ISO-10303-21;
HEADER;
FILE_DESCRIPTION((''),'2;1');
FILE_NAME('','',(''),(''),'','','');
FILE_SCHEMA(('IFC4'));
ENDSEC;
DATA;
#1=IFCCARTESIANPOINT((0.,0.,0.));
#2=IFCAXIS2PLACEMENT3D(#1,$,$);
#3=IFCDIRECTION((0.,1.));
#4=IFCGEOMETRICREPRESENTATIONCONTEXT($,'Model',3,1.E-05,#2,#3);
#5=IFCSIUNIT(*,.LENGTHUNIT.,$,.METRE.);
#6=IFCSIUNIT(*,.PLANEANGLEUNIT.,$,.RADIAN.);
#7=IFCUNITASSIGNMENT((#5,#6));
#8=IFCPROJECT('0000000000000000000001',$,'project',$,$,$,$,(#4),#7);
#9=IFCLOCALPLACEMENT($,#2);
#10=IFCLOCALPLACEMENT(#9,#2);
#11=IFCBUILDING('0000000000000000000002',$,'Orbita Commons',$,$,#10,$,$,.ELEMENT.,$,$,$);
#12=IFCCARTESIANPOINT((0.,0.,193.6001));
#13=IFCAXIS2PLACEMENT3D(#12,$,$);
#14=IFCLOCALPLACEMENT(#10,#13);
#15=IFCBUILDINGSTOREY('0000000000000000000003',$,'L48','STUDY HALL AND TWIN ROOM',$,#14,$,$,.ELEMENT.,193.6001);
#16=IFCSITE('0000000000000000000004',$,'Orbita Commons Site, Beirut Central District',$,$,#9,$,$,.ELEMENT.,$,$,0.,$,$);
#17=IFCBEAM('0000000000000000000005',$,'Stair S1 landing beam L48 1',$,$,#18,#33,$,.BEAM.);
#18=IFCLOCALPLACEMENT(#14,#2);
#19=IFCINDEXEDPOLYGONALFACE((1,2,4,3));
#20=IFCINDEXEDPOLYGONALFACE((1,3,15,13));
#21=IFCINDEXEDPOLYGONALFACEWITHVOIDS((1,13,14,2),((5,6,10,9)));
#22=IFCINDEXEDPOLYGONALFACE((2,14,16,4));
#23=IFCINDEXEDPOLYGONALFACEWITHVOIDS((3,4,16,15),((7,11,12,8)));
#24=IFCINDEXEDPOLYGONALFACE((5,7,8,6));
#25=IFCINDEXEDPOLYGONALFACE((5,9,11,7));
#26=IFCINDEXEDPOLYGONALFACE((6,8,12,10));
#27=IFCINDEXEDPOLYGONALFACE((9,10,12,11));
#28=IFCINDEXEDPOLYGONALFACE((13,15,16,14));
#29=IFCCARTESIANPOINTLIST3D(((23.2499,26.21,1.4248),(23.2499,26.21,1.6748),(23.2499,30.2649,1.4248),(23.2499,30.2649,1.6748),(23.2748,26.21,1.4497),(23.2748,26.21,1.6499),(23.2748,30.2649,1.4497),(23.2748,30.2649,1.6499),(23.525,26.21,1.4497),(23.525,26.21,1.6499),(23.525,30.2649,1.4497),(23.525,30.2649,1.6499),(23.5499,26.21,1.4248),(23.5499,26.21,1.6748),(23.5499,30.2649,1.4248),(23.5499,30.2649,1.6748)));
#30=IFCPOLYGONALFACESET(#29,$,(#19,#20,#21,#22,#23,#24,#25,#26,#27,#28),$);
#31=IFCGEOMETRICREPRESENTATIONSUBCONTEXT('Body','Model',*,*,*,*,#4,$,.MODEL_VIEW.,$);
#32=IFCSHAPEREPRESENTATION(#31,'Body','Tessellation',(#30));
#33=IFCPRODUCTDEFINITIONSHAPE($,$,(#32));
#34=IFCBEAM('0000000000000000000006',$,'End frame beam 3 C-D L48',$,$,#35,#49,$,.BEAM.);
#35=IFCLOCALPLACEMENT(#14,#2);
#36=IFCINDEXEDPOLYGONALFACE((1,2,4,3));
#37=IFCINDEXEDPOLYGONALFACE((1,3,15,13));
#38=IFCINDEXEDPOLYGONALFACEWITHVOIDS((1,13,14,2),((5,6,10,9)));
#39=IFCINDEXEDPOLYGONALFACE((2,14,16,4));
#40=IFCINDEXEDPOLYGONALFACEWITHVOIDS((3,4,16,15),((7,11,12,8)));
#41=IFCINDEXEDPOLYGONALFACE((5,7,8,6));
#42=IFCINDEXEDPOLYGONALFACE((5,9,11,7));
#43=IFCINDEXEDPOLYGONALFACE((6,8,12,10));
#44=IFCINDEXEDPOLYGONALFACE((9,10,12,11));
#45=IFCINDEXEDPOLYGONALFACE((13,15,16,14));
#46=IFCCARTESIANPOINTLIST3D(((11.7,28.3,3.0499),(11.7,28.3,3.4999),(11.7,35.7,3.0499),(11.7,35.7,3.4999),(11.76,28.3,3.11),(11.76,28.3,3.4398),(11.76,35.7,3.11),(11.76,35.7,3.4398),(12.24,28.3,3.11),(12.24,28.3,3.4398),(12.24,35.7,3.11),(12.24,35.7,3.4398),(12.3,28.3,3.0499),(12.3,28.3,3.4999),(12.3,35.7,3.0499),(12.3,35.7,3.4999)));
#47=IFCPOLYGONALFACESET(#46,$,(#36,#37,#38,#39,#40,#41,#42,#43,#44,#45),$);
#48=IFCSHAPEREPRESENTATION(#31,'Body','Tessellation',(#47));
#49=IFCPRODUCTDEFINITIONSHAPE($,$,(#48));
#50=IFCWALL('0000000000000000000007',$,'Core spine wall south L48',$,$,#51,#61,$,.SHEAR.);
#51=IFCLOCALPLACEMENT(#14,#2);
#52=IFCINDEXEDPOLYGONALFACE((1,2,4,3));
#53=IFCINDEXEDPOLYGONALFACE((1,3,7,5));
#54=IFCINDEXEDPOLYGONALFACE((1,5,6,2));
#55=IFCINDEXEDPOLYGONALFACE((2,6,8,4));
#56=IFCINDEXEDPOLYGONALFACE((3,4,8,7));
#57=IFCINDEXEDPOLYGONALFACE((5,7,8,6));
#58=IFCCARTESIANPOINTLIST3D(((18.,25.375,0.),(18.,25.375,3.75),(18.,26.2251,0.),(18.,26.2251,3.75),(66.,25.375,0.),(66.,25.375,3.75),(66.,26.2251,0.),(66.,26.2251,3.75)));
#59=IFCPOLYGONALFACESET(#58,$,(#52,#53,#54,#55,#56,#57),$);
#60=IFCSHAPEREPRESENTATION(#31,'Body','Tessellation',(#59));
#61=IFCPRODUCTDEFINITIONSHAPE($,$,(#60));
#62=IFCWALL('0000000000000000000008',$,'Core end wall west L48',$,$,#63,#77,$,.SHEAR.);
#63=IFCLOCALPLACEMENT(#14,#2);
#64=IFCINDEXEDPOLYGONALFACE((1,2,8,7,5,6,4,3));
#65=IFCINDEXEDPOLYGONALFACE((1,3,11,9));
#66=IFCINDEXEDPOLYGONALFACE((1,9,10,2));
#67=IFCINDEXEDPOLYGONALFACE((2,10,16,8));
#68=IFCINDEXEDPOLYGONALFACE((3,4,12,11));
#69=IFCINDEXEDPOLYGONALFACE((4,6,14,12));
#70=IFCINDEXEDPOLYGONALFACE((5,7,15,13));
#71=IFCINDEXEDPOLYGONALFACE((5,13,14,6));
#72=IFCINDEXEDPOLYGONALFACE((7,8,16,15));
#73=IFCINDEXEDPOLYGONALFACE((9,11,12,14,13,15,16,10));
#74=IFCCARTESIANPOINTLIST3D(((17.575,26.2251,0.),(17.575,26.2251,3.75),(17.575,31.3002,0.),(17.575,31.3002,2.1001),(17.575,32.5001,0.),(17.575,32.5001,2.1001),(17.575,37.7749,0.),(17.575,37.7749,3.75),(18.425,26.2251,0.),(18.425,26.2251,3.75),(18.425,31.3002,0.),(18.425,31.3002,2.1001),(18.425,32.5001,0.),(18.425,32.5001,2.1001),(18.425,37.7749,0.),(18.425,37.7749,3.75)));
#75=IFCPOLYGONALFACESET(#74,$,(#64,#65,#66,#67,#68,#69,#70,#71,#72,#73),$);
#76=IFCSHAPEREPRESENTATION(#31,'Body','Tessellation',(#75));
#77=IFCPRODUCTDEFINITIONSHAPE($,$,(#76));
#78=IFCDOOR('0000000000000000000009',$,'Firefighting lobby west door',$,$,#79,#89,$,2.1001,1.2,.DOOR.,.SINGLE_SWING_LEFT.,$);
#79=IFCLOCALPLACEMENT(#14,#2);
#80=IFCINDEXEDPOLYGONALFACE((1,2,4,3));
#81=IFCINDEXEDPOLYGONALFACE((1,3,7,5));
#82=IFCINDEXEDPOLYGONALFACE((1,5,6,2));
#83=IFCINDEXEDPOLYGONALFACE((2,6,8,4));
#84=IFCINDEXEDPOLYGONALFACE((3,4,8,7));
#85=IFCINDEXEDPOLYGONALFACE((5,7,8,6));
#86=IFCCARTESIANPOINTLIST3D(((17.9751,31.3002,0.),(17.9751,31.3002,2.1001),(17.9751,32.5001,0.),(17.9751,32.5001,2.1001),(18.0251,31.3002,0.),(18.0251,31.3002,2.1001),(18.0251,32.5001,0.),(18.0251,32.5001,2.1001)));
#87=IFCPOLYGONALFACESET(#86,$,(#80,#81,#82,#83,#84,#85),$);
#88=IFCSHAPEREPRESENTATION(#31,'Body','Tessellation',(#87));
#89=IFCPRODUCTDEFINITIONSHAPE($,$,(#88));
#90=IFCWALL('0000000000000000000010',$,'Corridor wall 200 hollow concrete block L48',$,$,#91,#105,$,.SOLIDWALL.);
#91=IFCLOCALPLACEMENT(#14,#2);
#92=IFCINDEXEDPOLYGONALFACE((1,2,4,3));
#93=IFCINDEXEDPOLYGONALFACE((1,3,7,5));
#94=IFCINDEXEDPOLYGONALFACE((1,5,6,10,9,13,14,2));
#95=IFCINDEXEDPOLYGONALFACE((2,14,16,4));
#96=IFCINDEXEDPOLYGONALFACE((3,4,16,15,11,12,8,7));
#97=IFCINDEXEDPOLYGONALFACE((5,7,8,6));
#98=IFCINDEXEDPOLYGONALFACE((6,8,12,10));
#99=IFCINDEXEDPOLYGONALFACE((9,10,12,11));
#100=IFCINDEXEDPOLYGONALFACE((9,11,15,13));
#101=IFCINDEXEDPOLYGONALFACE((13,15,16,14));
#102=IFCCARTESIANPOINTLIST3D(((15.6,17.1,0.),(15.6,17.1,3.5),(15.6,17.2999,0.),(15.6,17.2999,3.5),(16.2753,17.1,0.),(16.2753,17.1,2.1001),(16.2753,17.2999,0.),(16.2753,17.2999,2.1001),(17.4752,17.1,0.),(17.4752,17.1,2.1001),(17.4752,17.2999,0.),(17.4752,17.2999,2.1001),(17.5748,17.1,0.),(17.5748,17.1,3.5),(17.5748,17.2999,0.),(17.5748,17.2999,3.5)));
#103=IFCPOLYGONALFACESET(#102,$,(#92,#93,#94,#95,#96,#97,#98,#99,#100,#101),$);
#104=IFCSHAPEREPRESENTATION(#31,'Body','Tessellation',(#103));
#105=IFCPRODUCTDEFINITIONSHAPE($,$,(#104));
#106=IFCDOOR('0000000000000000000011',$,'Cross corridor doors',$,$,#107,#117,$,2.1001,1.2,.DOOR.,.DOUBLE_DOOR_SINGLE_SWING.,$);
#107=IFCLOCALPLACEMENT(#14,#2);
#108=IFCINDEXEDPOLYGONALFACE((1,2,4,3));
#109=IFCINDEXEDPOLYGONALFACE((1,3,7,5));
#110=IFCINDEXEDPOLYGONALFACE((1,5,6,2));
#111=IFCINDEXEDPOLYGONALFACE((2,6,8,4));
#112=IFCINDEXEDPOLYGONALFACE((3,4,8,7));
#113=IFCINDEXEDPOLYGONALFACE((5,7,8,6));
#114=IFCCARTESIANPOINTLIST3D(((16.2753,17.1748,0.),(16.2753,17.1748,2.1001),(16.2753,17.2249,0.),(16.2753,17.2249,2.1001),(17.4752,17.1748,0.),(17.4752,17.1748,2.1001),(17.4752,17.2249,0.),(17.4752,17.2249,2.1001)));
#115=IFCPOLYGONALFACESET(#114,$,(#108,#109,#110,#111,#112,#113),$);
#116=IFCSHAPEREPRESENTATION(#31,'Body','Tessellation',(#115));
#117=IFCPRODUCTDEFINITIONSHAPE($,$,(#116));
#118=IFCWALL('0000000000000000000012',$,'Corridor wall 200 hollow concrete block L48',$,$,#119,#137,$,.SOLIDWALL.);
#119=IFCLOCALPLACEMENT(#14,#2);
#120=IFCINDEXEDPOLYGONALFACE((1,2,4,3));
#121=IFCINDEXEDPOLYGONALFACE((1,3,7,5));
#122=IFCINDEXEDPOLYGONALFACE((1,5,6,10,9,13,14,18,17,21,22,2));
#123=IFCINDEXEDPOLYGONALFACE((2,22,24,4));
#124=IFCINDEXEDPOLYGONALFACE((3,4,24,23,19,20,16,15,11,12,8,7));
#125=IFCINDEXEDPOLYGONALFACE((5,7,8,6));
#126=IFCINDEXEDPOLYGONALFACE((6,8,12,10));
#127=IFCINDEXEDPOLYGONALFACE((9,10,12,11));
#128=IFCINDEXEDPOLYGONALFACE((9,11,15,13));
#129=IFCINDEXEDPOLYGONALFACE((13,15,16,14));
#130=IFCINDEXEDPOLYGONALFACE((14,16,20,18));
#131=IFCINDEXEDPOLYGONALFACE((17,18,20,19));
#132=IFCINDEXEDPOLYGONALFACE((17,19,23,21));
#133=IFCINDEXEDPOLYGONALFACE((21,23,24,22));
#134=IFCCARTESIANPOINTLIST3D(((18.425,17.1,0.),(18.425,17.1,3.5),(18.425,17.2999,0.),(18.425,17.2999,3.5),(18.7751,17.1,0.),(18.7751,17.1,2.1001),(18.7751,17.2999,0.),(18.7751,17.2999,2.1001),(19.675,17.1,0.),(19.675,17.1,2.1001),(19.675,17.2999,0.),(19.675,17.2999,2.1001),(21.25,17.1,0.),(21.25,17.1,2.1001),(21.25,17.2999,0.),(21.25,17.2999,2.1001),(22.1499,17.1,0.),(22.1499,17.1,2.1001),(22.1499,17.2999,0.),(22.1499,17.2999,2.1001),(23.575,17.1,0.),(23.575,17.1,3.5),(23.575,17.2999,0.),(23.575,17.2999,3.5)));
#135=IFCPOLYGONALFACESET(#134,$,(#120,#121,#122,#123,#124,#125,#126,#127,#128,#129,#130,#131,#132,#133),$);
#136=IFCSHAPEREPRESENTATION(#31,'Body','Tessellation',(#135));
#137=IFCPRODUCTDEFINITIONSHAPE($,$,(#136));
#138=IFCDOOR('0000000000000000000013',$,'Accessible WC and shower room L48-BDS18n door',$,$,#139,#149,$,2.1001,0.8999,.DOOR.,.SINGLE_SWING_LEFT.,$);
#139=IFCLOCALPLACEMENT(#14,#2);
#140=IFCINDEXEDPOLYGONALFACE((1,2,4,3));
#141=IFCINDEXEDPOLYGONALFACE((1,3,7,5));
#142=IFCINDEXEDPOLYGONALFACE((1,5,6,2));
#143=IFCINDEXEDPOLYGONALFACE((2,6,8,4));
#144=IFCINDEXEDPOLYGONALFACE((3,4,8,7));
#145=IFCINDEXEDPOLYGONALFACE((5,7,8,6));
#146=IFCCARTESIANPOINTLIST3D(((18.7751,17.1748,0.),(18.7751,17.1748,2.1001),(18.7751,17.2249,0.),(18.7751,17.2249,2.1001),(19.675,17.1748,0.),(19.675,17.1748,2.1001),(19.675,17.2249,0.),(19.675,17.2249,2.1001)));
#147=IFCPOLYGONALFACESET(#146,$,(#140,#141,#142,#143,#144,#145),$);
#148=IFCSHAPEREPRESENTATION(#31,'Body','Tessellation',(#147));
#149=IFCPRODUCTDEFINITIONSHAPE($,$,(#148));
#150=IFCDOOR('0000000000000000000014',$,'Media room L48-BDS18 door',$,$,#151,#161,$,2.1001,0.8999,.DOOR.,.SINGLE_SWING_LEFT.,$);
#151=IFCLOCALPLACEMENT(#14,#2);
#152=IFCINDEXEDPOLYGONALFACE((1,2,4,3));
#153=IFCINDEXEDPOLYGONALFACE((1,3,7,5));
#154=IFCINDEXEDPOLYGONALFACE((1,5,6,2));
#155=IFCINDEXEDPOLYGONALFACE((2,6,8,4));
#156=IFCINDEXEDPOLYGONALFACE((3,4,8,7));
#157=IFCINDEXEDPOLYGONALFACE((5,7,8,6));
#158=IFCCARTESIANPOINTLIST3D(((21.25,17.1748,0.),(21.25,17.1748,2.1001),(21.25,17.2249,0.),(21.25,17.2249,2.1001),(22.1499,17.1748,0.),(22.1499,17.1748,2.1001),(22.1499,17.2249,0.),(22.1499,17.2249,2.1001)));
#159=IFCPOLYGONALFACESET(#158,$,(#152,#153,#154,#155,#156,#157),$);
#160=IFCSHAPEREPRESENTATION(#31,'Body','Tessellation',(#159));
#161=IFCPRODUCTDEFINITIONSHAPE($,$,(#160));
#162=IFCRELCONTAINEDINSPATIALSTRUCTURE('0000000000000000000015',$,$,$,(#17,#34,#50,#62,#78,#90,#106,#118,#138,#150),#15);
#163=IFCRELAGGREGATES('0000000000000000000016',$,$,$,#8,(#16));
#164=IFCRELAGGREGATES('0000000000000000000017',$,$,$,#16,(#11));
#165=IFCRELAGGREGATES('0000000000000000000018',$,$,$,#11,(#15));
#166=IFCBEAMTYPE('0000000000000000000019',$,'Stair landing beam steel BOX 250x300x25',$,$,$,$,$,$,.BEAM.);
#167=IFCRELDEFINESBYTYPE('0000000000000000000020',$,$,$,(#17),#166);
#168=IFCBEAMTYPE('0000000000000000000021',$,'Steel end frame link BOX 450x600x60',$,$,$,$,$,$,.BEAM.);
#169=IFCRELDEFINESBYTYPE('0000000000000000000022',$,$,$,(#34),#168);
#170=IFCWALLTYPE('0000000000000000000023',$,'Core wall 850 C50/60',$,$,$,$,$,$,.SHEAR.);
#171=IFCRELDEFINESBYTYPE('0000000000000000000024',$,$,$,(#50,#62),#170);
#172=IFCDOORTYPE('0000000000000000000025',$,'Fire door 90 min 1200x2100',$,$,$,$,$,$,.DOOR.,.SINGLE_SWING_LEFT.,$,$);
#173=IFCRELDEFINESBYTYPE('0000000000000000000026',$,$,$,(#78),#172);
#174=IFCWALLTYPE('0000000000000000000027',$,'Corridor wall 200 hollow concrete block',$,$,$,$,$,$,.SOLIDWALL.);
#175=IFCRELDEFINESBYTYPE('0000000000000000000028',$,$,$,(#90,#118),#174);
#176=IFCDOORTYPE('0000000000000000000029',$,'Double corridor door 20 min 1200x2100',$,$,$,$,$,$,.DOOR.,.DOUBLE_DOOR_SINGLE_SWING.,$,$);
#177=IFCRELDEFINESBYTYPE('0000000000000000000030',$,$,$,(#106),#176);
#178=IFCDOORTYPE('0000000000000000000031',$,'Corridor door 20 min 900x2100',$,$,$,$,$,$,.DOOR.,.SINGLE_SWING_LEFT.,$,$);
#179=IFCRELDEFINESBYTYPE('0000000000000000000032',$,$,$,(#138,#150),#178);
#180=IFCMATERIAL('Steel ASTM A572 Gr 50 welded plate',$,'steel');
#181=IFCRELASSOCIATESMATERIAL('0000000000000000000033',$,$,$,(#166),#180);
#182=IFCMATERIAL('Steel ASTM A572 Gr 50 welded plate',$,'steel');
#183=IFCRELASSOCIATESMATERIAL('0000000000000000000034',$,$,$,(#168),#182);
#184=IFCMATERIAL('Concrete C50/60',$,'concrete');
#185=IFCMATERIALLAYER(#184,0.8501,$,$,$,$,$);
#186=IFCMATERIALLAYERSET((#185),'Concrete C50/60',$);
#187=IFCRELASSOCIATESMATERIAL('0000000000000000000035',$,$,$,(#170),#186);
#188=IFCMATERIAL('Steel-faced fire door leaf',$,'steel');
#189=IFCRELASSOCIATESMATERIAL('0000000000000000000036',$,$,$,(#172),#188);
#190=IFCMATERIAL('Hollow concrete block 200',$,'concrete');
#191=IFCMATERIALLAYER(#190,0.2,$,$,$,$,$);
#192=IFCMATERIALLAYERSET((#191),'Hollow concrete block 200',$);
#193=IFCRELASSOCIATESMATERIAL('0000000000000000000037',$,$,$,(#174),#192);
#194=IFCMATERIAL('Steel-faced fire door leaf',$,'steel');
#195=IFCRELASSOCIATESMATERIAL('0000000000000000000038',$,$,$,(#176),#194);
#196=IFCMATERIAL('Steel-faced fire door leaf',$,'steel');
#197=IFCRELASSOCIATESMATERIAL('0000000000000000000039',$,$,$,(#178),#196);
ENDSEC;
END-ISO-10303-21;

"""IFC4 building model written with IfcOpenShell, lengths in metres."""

from ifc_helpers import new_model, si_unit, direction, frame, frame_2d, origin, origin_2d, place, context, subcontext, project, spatial, rectangle, hollow_rectangle, extrude, material, layer, layer_set, material_profile, profile_set, type_object, element, fill, save


model = new_model("IFC4")

# Units and contexts
model_context = context("Model", 3, precision=1e-05, world=origin(), true_north=direction((0.0, 1.0)))
body_context = subcontext(model_context, "Body", "Model", "MODEL_VIEW")
ifc_project = project(units=[si_unit("LENGTHUNIT", "METRE"), si_unit("PLANEANGLEUNIT", "RADIAN")], contexts=[model_context])

# Site, building, storey
site_placement = place(None, origin())
site = spatial("IfcSite", under=ifc_project, at=site_placement, Name="Orbita Commons Site, Beirut Central District", CompositionType="ELEMENT", RefElevation=0.0)
building_placement = place(site_placement, origin())
building = spatial("IfcBuilding", under=site, at=building_placement, Name="Orbita Commons", CompositionType="ELEMENT")
storey_placement = place(building_placement, frame((0.0, 0.0, 193.6001)))
storey = spatial("IfcBuildingStorey", under=building, at=storey_placement, Name="L48", Description="STUDY HALL AND TWIN ROOM", CompositionType="ELEMENT", Elevation=193.6001)

# Beams
ifc_material_1 = material(Name="Steel ASTM A572 Gr 50 welded plate", Category="steel")
ifc_material_profile_1 = material_profile(ifc_material_1, hollow_rectangle(XDim=0.3, YDim=0.25, WallThickness=0.0249, at=origin_2d()), Name="BOX 250x300x25")
ifc_profile_set_1 = profile_set([ifc_material_profile_1], Name="Steel ASTM A572 Gr 50 welded plate")
beam_type_1 = type_object("IfcBeamType", Name="Stair landing beam steel BOX 250x300x25", PredefinedType="BEAM", material=ifc_profile_set_1)
beam_1_placement = place(storey_placement, frame((23.3999, 26.21, 1.5498), z_axis=(0.0, 1.0, 0.0), x_axis=(-1.0, 0.0, 0.0)))
element("IfcBeam", 1, at=beam_1_placement, inside=storey, type_object=beam_type_1, Name="Stair S1 landing beam L48 1", PredefinedType="BEAM", context=body_context, shape_type="SweptSolid", body=[
    extrude(hollow_rectangle(XDim=0.3, YDim=0.25, WallThickness=0.0249, at=origin_2d()), origin(), (0.0, 0.0, 1.0), 4.0549),
])
ifc_material_2 = material(Name="Steel ASTM A572 Gr 50 welded plate", Category="steel")
ifc_material_profile_2 = material_profile(ifc_material_2, hollow_rectangle(XDim=0.6001, YDim=0.45, WallThickness=0.0601, at=origin_2d()), Name="BOX 450x600x60")
ifc_profile_set_2 = profile_set([ifc_material_profile_2], Name="Steel ASTM A572 Gr 50 welded plate")
beam_type_2 = type_object("IfcBeamType", Name="Steel end frame link BOX 450x600x60", PredefinedType="BEAM", material=ifc_profile_set_2)
beam_2_placement = place(storey_placement, frame((12.0, 28.3, 3.2749), z_axis=(0.0, 1.0, 0.0), x_axis=(-1.0, 0.0, 0.0)))
element("IfcBeam", 2, at=beam_2_placement, inside=storey, type_object=beam_type_2, Name="End frame beam 3 C-D L48", PredefinedType="BEAM", context=body_context, shape_type="SweptSolid", body=[
    extrude(hollow_rectangle(XDim=0.6001, YDim=0.45, WallThickness=0.0601, at=origin_2d()), origin(), (0.0, 0.0, 1.0), 7.3999),
])

# Wall
ifc_material_3 = material(Name="Concrete C50/60", Category="concrete")
ifc_layer_1 = layer(ifc_material_3, 0.8501)
ifc_layer_set_1 = layer_set([ifc_layer_1], Name="Concrete C50/60")
wall_type_1 = type_object("IfcWallType", Name="Core wall 850 C50/60", PredefinedType="SHEAR", material=ifc_layer_set_1)
wall_1_placement = place(storey_placement, frame((18.0, 25.8, 0.0), z_axis=(0.0, 0.0, 1.0), x_axis=(1.0, 0.0, 0.0)))
element("IfcWall", 3, at=wall_1_placement, inside=storey, type_object=wall_type_1, Name="Core spine wall south L48", PredefinedType="SHEAR", context=body_context, shape_type="SweptSolid", body=[
    extrude(rectangle(XDim=48.0, YDim=0.8501, at=frame_2d((24.0, 0.0))), origin(), (0.0, 0.0, 1.0), 3.75),
])

# Walls, openings, doors
wall_2_placement = place(storey_placement, frame((18.0, 26.2251, 0.0), z_axis=(0.0, 0.0, 1.0), x_axis=(0.0, 1.0, 0.0)))
wall_2 = element("IfcWall", 4, at=wall_2_placement, inside=storey, type_object=wall_type_1, Name="Core end wall west L48", PredefinedType="SHEAR", context=body_context, shape_type="SweptSolid", body=[
    extrude(rectangle(XDim=11.5498, YDim=0.8501, at=frame_2d((5.7749, 0.0))), origin(), (0.0, 0.0, 1.0), 3.75),
])
opening_1_placement = place(wall_2_placement, frame((5.075, 0.0, 0.0)))
opening_1 = element("IfcOpeningElement", 5, at=opening_1_placement, cuts=wall_2, PredefinedType="OPENING", context=body_context, shape_type="SweptSolid", body=[
    extrude(rectangle(XDim=1.2, YDim=2.1001, at=frame_2d((0.6001, 1.05))), frame((0.0, 0.4351, 0.0), z_axis=(0.0, -1.0, 0.0), x_axis=(1.0, 0.0, 0.0)), (0.0, 0.0, 1.0), 0.8701),
])
ifc_material_4 = material(Name="Steel-faced fire door leaf", Category="steel")
door_type_1 = type_object("IfcDoorType", Name="Fire door 90 min 1200x2100", OperationType="SINGLE_SWING_LEFT", PredefinedType="DOOR", material=ifc_material_4)
door_1_placement = place(opening_1_placement, origin())
door_1 = element("IfcDoor", 6, at=door_1_placement, inside=storey, type_object=door_type_1, Name="Firefighting lobby west door", OperationType="SINGLE_SWING_LEFT", OverallHeight=2.1001, OverallWidth=1.2, PredefinedType="DOOR", context=body_context, shape_type="SweptSolid", body=[
    extrude(rectangle(XDim=1.2, YDim=2.1001, at=frame_2d((0.6001, 1.05))), frame((0.0, 0.0249, 0.0), z_axis=(0.0, -1.0, 0.0), x_axis=(1.0, 0.0, 0.0)), (0.0, 0.0, 1.0), 0.05),
])
fill(opening_1, door_1)
ifc_material_5 = material(Name="Hollow concrete block 200", Category="concrete")
ifc_layer_2 = layer(ifc_material_5, 0.2)
ifc_layer_set_2 = layer_set([ifc_layer_2], Name="Hollow concrete block 200")
wall_type_2 = type_object("IfcWallType", Name="Corridor wall 200 hollow concrete block", PredefinedType="SOLIDWALL", material=ifc_layer_set_2)
wall_3_placement = place(storey_placement, frame((15.6001, 17.2, 0.0), z_axis=(0.0, 0.0, 1.0), x_axis=(1.0, 0.0, 0.0)))
wall_3 = element("IfcWall", 7, at=wall_3_placement, inside=storey, type_object=wall_type_2, Name="Corridor wall 200 hollow concrete block L48", PredefinedType="SOLIDWALL", context=body_context, shape_type="SweptSolid", body=[
    extrude(rectangle(XDim=1.9749, YDim=0.2, at=frame_2d((0.9873, 0.0))), origin(), (0.0, 0.0, 1.0), 3.5),
])
opening_2_placement = place(wall_3_placement, frame((0.675, 0.0, 0.0)))
opening_2 = element("IfcOpeningElement", 8, at=opening_2_placement, cuts=wall_3, PredefinedType="OPENING", context=body_context, shape_type="SweptSolid", body=[
    extrude(rectangle(XDim=1.2, YDim=2.1001, at=frame_2d((0.6001, 1.05))), frame((0.0, 0.1099, 0.0), z_axis=(0.0, -1.0, 0.0), x_axis=(1.0, 0.0, 0.0)), (0.0, 0.0, 1.0), 0.22),
])
ifc_material_6 = material(Name="Steel-faced fire door leaf", Category="steel")
door_type_2 = type_object("IfcDoorType", Name="Double corridor door 20 min 1200x2100", OperationType="DOUBLE_DOOR_SINGLE_SWING", PredefinedType="DOOR", material=ifc_material_6)
door_2_placement = place(opening_2_placement, origin())
door_2 = element("IfcDoor", 9, at=door_2_placement, inside=storey, type_object=door_type_2, Name="Cross corridor doors", OperationType="DOUBLE_DOOR_SINGLE_SWING", OverallHeight=2.1001, OverallWidth=1.2, PredefinedType="DOOR", context=body_context, shape_type="SweptSolid", body=[
    extrude(rectangle(XDim=1.2, YDim=2.1001, at=frame_2d((0.6001, 1.05))), frame((0.0, 0.0249, 0.0), z_axis=(0.0, -1.0, 0.0), x_axis=(1.0, 0.0, 0.0)), (0.0, 0.0, 1.0), 0.05),
])
fill(opening_2, door_2)

# Wall, openings, doors
wall_4_placement = place(storey_placement, frame((18.425, 17.2, 0.0), z_axis=(0.0, 0.0, 1.0), x_axis=(1.0, 0.0, 0.0)))
wall_4 = element("IfcWall", 10, at=wall_4_placement, inside=storey, type_object=wall_type_2, Name="Corridor wall 200 hollow concrete block L48", PredefinedType="SOLIDWALL", context=body_context, shape_type="SweptSolid", body=[
    extrude(rectangle(XDim=5.1499, YDim=0.2, at=frame_2d((2.575, 0.0))), origin(), (0.0, 0.0, 1.0), 3.5),
])
opening_3_placement = place(wall_4_placement, frame((0.3501, 0.0, 0.0)))
opening_3 = element("IfcOpeningElement", 11, at=opening_3_placement, cuts=wall_4, PredefinedType="OPENING", context=body_context, shape_type="SweptSolid", body=[
    extrude(rectangle(XDim=0.8999, YDim=2.1001, at=frame_2d((0.45, 1.05))), frame((0.0, 0.1099, 0.0), z_axis=(0.0, -1.0, 0.0), x_axis=(1.0, 0.0, 0.0)), (0.0, 0.0, 1.0), 0.22),
])
opening_4_placement = place(wall_4_placement, frame((2.825, 0.0, 0.0)))
opening_4 = element("IfcOpeningElement", 12, at=opening_4_placement, cuts=wall_4, PredefinedType="OPENING", context=body_context, shape_type="SweptSolid", body=[
    extrude(rectangle(XDim=0.8999, YDim=2.1001, at=frame_2d((0.45, 1.05))), frame((0.0, 0.1099, 0.0), z_axis=(0.0, -1.0, 0.0), x_axis=(1.0, 0.0, 0.0)), (0.0, 0.0, 1.0), 0.22),
])
ifc_material_7 = material(Name="Steel-faced fire door leaf", Category="steel")
door_type_3 = type_object("IfcDoorType", Name="Corridor door 20 min 900x2100", OperationType="SINGLE_SWING_LEFT", PredefinedType="DOOR", material=ifc_material_7)
door_3_placement = place(opening_3_placement, origin())
door_3 = element("IfcDoor", 13, at=door_3_placement, inside=storey, type_object=door_type_3, Name="Accessible WC and shower room L48-BDS18n door", OperationType="SINGLE_SWING_LEFT", OverallHeight=2.1001, OverallWidth=0.8999, PredefinedType="DOOR", context=body_context, shape_type="SweptSolid", body=[
    extrude(rectangle(XDim=0.8999, YDim=2.1001, at=frame_2d((0.45, 1.05))), frame((0.0, 0.0249, 0.0), z_axis=(0.0, -1.0, 0.0), x_axis=(1.0, 0.0, 0.0)), (0.0, 0.0, 1.0), 0.05),
])
fill(opening_3, door_3)
door_4_placement = place(opening_4_placement, origin())
door_4 = element("IfcDoor", 14, at=door_4_placement, inside=storey, type_object=door_type_3, Name="Media room L48-BDS18 door", OperationType="SINGLE_SWING_LEFT", OverallHeight=2.1001, OverallWidth=0.8999, PredefinedType="DOOR", context=body_context, shape_type="SweptSolid", body=[
    extrude(rectangle(XDim=0.8999, YDim=2.1001, at=frame_2d((0.45, 1.05))), frame((0.0, 0.0249, 0.0), z_axis=(0.0, -1.0, 0.0), x_axis=(1.0, 0.0, 0.0)), (0.0, 0.0, 1.0), 0.05),
])
fill(opening_4, door_4)

save(model, "model.ifc")
